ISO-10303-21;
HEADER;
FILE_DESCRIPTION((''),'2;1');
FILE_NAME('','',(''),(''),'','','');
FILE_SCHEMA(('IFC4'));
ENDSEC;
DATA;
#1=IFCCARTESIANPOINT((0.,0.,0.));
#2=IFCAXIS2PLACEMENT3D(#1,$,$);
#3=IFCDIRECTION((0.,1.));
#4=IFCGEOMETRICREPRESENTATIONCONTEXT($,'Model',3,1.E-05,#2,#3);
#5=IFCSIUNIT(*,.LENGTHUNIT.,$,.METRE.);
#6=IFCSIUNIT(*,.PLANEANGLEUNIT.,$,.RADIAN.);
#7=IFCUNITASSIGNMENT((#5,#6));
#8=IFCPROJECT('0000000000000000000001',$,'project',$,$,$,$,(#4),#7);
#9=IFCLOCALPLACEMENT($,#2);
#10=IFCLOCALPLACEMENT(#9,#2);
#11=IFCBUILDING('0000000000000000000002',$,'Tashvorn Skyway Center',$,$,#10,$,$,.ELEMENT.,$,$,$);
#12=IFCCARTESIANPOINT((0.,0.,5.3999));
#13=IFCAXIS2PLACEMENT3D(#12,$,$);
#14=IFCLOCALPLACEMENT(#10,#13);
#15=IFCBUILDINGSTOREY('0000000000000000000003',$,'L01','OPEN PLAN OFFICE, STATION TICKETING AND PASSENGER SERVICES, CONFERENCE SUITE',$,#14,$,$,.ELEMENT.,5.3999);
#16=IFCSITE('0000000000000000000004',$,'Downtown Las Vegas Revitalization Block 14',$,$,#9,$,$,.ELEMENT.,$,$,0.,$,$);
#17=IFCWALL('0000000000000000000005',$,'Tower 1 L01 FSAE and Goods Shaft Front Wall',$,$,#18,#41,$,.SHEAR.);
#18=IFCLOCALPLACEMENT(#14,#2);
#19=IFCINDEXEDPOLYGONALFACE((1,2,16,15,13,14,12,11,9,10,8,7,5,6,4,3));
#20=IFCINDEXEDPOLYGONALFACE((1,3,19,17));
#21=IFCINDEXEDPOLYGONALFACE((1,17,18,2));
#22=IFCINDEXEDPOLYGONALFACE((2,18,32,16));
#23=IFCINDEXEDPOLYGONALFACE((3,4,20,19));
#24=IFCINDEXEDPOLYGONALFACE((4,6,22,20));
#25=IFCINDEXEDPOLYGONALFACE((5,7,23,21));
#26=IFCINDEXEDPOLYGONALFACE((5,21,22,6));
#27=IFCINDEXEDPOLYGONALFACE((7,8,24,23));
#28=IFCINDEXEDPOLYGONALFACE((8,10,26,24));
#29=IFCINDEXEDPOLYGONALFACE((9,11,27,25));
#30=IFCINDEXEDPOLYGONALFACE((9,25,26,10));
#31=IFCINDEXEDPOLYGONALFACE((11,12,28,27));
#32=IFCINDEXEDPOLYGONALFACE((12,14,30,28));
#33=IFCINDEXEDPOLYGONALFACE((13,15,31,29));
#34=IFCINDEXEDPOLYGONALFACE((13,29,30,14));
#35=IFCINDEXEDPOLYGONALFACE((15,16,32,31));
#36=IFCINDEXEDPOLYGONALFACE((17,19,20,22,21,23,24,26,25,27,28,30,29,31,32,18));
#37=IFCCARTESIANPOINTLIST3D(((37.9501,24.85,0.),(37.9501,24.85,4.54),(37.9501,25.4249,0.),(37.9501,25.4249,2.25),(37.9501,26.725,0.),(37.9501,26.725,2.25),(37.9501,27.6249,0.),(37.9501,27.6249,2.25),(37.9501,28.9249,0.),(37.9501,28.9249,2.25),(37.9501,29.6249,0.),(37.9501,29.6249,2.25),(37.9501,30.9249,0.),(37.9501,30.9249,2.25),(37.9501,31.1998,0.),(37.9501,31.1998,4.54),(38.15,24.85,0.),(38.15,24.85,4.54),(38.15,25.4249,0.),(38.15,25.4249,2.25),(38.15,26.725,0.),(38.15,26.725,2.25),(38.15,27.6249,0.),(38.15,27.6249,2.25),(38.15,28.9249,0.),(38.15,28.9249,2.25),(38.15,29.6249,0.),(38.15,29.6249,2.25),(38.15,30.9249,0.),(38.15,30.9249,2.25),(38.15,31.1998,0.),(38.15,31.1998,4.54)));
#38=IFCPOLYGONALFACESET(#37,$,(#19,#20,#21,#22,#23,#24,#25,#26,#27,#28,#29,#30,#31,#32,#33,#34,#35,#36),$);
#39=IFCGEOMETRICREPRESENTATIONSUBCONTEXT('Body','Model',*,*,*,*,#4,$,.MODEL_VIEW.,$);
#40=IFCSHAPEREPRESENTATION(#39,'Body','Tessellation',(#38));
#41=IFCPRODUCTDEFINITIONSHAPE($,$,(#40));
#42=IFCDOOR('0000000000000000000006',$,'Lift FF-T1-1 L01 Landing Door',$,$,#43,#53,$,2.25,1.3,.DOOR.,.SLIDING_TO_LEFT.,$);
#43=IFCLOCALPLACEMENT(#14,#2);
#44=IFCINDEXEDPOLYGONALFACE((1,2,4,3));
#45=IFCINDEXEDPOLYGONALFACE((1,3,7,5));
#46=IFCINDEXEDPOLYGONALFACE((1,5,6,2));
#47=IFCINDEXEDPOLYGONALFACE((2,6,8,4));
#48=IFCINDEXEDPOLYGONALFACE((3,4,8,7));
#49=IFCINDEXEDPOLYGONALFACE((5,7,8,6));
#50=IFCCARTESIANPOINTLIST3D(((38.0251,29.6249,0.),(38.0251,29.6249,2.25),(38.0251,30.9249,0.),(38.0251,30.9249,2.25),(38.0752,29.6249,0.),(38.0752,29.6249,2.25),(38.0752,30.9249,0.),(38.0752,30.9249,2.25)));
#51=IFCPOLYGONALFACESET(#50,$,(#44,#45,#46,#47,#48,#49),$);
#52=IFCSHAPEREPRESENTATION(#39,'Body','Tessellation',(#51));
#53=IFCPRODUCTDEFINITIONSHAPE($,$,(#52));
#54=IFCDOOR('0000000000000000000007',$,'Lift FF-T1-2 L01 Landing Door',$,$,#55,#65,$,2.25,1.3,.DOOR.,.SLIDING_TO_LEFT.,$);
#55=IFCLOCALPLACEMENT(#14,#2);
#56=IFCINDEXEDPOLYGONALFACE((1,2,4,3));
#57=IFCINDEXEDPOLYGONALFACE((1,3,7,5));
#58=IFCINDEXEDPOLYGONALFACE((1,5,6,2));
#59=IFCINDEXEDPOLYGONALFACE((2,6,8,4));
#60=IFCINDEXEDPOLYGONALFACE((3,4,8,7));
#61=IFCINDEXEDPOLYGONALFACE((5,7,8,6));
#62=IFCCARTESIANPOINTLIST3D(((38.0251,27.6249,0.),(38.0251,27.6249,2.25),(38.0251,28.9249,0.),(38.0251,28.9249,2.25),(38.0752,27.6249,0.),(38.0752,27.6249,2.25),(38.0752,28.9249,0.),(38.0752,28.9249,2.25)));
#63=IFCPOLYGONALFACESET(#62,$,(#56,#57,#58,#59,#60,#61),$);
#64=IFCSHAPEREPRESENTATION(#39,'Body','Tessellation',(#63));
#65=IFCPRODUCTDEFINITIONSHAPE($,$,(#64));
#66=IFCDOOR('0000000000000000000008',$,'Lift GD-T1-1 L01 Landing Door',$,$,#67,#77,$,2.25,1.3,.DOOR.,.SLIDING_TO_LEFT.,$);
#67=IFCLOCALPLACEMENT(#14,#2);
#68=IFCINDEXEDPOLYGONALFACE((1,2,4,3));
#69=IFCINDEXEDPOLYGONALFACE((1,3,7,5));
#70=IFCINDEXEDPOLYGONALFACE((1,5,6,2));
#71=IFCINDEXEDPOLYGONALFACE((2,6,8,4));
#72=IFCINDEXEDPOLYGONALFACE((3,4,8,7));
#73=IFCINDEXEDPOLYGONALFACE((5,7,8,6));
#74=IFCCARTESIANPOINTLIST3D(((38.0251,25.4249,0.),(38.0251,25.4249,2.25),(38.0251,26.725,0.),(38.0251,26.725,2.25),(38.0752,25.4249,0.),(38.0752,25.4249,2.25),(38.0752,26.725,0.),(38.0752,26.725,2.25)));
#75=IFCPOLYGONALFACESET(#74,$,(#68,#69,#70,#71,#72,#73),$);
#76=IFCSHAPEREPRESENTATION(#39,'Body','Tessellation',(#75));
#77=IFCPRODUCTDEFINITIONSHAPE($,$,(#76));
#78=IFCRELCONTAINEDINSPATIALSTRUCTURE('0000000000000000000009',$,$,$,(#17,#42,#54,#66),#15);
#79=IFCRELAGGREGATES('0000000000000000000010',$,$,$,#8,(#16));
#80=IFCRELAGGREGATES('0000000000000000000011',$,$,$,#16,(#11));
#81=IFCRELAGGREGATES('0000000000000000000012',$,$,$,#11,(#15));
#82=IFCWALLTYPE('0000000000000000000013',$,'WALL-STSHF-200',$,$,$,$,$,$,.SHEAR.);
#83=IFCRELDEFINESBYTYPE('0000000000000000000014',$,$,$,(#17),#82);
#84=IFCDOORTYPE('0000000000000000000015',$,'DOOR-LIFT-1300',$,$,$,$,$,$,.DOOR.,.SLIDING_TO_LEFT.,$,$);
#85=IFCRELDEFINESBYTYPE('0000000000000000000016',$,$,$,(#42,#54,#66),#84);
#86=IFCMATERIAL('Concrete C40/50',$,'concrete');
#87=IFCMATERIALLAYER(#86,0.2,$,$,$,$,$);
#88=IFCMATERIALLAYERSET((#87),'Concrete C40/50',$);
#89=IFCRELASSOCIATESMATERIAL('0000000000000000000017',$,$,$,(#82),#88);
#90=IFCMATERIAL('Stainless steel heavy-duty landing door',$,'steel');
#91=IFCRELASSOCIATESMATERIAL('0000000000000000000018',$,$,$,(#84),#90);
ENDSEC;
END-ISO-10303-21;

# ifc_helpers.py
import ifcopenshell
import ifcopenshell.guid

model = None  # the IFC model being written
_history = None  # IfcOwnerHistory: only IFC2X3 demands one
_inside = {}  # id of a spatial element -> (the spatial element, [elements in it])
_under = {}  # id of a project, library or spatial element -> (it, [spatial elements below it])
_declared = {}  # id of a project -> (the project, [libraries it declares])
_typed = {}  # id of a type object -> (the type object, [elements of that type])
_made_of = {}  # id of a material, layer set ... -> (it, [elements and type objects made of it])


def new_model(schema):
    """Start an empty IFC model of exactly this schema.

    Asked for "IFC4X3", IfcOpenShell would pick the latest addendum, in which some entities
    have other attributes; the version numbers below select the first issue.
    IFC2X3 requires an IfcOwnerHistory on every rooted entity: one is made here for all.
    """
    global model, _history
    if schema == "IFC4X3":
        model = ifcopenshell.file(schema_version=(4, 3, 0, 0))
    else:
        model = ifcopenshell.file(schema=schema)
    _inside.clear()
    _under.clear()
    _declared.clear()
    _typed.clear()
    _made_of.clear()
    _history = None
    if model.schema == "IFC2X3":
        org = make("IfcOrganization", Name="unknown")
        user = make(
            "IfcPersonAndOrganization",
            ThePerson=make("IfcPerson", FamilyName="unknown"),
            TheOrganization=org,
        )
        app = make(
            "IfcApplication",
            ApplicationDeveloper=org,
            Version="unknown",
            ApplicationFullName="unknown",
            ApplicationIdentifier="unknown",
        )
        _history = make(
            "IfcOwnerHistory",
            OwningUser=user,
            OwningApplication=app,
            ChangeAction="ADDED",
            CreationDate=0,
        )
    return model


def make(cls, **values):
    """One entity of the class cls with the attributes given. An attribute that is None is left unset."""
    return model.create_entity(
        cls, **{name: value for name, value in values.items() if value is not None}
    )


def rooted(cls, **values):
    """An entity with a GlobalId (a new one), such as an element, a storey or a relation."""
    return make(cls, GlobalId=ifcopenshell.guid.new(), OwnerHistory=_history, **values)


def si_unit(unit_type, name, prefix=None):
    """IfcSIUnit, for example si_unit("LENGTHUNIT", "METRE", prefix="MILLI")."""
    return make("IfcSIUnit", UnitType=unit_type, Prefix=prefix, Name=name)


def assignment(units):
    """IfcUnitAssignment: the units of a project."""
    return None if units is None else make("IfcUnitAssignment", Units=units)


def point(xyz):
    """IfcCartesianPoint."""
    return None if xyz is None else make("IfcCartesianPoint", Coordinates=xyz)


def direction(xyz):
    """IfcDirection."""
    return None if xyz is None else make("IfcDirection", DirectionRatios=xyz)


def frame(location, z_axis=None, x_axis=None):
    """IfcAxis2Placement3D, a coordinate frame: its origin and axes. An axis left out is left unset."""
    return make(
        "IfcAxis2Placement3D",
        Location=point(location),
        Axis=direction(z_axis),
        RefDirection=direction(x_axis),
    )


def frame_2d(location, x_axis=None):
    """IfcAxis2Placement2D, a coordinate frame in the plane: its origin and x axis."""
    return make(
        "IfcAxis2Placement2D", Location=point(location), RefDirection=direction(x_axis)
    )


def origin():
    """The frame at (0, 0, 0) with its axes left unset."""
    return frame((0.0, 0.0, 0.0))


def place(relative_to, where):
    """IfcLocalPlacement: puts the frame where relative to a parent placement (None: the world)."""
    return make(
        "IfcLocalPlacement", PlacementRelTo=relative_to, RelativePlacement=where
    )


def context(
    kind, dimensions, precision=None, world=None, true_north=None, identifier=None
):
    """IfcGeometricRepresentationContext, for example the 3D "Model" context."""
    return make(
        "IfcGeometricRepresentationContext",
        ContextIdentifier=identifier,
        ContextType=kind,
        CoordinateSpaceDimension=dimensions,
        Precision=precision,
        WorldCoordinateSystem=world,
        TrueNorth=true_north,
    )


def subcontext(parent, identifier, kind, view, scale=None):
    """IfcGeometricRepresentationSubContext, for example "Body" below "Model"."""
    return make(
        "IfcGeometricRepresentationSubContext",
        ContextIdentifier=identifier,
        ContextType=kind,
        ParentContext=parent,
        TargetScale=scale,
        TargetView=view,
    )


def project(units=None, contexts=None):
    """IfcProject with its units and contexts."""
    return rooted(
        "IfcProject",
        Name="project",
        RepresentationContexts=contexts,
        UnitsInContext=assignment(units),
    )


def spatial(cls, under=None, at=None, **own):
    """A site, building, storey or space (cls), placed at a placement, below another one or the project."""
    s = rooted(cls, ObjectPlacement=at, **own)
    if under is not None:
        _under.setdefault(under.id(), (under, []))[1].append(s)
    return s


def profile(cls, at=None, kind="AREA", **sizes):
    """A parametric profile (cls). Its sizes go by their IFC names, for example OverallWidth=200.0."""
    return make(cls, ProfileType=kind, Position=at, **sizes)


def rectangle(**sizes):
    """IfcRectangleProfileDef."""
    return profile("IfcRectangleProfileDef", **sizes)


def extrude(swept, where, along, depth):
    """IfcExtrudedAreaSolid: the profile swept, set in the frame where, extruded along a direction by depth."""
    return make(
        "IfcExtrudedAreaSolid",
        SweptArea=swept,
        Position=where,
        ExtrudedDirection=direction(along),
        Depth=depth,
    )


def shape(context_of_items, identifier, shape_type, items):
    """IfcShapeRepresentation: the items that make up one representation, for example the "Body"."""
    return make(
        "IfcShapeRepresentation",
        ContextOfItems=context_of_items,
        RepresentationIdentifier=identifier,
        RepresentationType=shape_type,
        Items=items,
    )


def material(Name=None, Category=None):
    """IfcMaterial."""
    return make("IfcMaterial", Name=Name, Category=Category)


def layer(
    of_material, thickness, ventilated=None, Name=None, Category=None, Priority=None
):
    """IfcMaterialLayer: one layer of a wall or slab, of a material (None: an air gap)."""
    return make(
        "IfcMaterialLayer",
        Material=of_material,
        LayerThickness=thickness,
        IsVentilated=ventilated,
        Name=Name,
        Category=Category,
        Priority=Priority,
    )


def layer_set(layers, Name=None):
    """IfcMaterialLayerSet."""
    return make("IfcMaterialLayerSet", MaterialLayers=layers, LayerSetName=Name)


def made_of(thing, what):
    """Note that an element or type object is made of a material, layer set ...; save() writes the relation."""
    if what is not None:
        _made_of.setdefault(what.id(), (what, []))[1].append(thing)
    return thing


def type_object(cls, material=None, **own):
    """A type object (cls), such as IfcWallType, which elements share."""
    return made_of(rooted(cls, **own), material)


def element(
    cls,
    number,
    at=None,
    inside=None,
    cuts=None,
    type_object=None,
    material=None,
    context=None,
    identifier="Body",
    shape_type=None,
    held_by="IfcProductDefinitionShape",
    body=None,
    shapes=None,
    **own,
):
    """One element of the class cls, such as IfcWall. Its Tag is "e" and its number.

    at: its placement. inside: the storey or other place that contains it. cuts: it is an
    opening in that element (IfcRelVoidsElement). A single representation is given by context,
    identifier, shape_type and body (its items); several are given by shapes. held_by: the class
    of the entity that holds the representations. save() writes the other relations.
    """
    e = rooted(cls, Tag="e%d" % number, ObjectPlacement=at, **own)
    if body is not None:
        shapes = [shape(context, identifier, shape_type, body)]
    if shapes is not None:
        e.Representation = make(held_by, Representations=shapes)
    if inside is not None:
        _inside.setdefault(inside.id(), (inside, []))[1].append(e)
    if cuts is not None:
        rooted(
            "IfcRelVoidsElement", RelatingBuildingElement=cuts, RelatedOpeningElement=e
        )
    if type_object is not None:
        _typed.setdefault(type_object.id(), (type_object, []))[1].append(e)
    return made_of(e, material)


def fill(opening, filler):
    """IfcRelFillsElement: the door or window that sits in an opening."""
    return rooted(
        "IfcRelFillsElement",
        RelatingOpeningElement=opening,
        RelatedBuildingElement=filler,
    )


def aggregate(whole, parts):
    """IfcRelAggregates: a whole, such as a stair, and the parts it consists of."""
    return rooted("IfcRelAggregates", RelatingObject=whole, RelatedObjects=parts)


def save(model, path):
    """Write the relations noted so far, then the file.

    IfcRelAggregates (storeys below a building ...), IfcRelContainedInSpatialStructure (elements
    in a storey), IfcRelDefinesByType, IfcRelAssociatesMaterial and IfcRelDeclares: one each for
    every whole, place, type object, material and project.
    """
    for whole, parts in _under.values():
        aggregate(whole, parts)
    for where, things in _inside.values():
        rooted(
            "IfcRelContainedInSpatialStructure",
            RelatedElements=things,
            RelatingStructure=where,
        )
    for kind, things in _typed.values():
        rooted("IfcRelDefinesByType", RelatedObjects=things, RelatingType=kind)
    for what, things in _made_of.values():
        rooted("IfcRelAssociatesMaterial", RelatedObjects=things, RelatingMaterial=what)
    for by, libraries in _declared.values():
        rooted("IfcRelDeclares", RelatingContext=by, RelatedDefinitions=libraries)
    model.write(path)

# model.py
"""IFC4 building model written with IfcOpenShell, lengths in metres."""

from ifc_helpers import new_model, si_unit, direction, frame, frame_2d, origin, place, context, subcontext, project, spatial, rectangle, extrude, material, layer, layer_set, type_object, element, fill, save


model = new_model("IFC4")

# Units and contexts
model_context = context("Model", 3, precision=1e-05, world=origin(), true_north=direction((0.0, 1.0)))
body_context = subcontext(model_context, "Body", "Model", "MODEL_VIEW")
ifc_project = project(units=[si_unit("LENGTHUNIT", "METRE"), si_unit("PLANEANGLEUNIT", "RADIAN")], contexts=[model_context])

# Site, building, storey
site_placement = place(None, origin())
site = spatial("IfcSite", under=ifc_project, at=site_placement, Name="Downtown Las Vegas Revitalization Block 14", CompositionType="ELEMENT", RefElevation=0.0)
building_placement = place(site_placement, origin())
building = spatial("IfcBuilding", under=site, at=building_placement, Name="Tashvorn Skyway Center", CompositionType="ELEMENT")
storey_placement = place(building_placement, frame((0.0, 0.0, 5.3999)))
storey = spatial("IfcBuildingStorey", under=building, at=storey_placement, Name="L01", Description="OPEN PLAN OFFICE, STATION TICKETING AND PASSENGER SERVICES, CONFERENCE SUITE", CompositionType="ELEMENT", Elevation=5.3999)

# Shared definitions
ifc_material_1 = material(Name="Concrete C40/50", Category="concrete")

# Shared definitions
ifc_layer_1 = layer(ifc_material_1, 0.2)
ifc_layer_set_1 = layer_set([ifc_layer_1], Name="Concrete C40/50")
wall_type_1 = type_object("IfcWallType", Name="WALL-STSHF-200", PredefinedType="SHEAR", material=ifc_layer_set_1)

# Wall, openings, doors
wall_1_placement = place(storey_placement, frame((38.05, 24.8501, 0.0), z_axis=(0.0, 0.0, 1.0), x_axis=(0.0, 1.0, 0.0)))
wall_1 = element("IfcWall", 1, at=wall_1_placement, inside=storey, type_object=wall_type_1, Name="Tower 1 L01 FSAE and Goods Shaft Front Wall", PredefinedType="SHEAR", context=body_context, shape_type="SweptSolid", body=[
    extrude(rectangle(XDim=6.3499, YDim=0.2, at=frame_2d((3.1748, 0.0))), origin(), (0.0, 0.0, 1.0), 4.54),
])
opening_1_placement = place(wall_1_placement, frame((4.7749, 0.0, 0.0)))
opening_1 = element("IfcOpeningElement", 2, at=opening_1_placement, cuts=wall_1, PredefinedType="OPENING", context=body_context, shape_type="SweptSolid", body=[
    extrude(rectangle(XDim=1.3, YDim=2.25, at=frame_2d((0.6499, 1.125))), frame((0.0, 0.1099, 0.0), z_axis=(0.0, -1.0, 0.0), x_axis=(1.0, 0.0, 0.0)), (0.0, 0.0, 1.0), 0.22),
])
opening_2_placement = place(wall_1_placement, frame((2.7749, 0.0, 0.0)))
opening_2 = element("IfcOpeningElement", 3, at=opening_2_placement, cuts=wall_1, PredefinedType="OPENING", context=body_context, shape_type="SweptSolid", body=[
    extrude(rectangle(XDim=1.3, YDim=2.25, at=frame_2d((0.6499, 1.125))), frame((0.0, 0.1099, 0.0), z_axis=(0.0, -1.0, 0.0), x_axis=(1.0, 0.0, 0.0)), (0.0, 0.0, 1.0), 0.22),
])
opening_3_placement = place(wall_1_placement, frame((0.575, 0.0, 0.0)))
opening_3 = element("IfcOpeningElement", 4, at=opening_3_placement, cuts=wall_1, PredefinedType="OPENING", context=body_context, shape_type="SweptSolid", body=[
    extrude(rectangle(XDim=1.3, YDim=2.25, at=frame_2d((0.6499, 1.125))), frame((0.0, 0.1099, 0.0), z_axis=(0.0, -1.0, 0.0), x_axis=(1.0, 0.0, 0.0)), (0.0, 0.0, 1.0), 0.22),
])
ifc_material_2 = material(Name="Stainless steel heavy-duty landing door", Category="steel")
door_type_1 = type_object("IfcDoorType", Name="DOOR-LIFT-1300", OperationType="SLIDING_TO_LEFT", PredefinedType="DOOR", material=ifc_material_2)
door_1_placement = place(opening_1_placement, origin())
door_1 = element("IfcDoor", 5, at=door_1_placement, inside=storey, type_object=door_type_1, Name="Lift FF-T1-1 L01 Landing Door", OperationType="SLIDING_TO_LEFT", OverallHeight=2.25, OverallWidth=1.3, PredefinedType="DOOR", context=body_context, shape_type="SweptSolid", body=[
    extrude(rectangle(XDim=1.3, YDim=2.25, at=frame_2d((0.6499, 1.125))), frame((0.0, 0.0249, 0.0), z_axis=(0.0, -1.0, 0.0), x_axis=(1.0, 0.0, 0.0)), (0.0, 0.0, 1.0), 0.05),
])
fill(opening_1, door_1)
door_2_placement = place(opening_2_placement, origin())
door_2 = element("IfcDoor", 6, at=door_2_placement, inside=storey, type_object=door_type_1, Name="Lift FF-T1-2 L01 Landing Door", OperationType="SLIDING_TO_LEFT", OverallHeight=2.25, OverallWidth=1.3, PredefinedType="DOOR", context=body_context, shape_type="SweptSolid", body=[
    extrude(rectangle(XDim=1.3, YDim=2.25, at=frame_2d((0.6499, 1.125))), frame((0.0, 0.0249, 0.0), z_axis=(0.0, -1.0, 0.0), x_axis=(1.0, 0.0, 0.0)), (0.0, 0.0, 1.0), 0.05),
])
fill(opening_2, door_2)
door_3_placement = place(opening_3_placement, origin())
door_3 = element("IfcDoor", 7, at=door_3_placement, inside=storey, type_object=door_type_1, Name="Lift GD-T1-1 L01 Landing Door", OperationType="SLIDING_TO_LEFT", OverallHeight=2.25, OverallWidth=1.3, PredefinedType="DOOR", context=body_context, shape_type="SweptSolid", body=[
    extrude(rectangle(XDim=1.3, YDim=2.25, at=frame_2d((0.6499, 1.125))), frame((0.0, 0.0249, 0.0), z_axis=(0.0, -1.0, 0.0), x_axis=(1.0, 0.0, 0.0)), (0.0, 0.0, 1.0), 0.05),
])
fill(opening_3, door_3)

save(model, "model.ifc")
